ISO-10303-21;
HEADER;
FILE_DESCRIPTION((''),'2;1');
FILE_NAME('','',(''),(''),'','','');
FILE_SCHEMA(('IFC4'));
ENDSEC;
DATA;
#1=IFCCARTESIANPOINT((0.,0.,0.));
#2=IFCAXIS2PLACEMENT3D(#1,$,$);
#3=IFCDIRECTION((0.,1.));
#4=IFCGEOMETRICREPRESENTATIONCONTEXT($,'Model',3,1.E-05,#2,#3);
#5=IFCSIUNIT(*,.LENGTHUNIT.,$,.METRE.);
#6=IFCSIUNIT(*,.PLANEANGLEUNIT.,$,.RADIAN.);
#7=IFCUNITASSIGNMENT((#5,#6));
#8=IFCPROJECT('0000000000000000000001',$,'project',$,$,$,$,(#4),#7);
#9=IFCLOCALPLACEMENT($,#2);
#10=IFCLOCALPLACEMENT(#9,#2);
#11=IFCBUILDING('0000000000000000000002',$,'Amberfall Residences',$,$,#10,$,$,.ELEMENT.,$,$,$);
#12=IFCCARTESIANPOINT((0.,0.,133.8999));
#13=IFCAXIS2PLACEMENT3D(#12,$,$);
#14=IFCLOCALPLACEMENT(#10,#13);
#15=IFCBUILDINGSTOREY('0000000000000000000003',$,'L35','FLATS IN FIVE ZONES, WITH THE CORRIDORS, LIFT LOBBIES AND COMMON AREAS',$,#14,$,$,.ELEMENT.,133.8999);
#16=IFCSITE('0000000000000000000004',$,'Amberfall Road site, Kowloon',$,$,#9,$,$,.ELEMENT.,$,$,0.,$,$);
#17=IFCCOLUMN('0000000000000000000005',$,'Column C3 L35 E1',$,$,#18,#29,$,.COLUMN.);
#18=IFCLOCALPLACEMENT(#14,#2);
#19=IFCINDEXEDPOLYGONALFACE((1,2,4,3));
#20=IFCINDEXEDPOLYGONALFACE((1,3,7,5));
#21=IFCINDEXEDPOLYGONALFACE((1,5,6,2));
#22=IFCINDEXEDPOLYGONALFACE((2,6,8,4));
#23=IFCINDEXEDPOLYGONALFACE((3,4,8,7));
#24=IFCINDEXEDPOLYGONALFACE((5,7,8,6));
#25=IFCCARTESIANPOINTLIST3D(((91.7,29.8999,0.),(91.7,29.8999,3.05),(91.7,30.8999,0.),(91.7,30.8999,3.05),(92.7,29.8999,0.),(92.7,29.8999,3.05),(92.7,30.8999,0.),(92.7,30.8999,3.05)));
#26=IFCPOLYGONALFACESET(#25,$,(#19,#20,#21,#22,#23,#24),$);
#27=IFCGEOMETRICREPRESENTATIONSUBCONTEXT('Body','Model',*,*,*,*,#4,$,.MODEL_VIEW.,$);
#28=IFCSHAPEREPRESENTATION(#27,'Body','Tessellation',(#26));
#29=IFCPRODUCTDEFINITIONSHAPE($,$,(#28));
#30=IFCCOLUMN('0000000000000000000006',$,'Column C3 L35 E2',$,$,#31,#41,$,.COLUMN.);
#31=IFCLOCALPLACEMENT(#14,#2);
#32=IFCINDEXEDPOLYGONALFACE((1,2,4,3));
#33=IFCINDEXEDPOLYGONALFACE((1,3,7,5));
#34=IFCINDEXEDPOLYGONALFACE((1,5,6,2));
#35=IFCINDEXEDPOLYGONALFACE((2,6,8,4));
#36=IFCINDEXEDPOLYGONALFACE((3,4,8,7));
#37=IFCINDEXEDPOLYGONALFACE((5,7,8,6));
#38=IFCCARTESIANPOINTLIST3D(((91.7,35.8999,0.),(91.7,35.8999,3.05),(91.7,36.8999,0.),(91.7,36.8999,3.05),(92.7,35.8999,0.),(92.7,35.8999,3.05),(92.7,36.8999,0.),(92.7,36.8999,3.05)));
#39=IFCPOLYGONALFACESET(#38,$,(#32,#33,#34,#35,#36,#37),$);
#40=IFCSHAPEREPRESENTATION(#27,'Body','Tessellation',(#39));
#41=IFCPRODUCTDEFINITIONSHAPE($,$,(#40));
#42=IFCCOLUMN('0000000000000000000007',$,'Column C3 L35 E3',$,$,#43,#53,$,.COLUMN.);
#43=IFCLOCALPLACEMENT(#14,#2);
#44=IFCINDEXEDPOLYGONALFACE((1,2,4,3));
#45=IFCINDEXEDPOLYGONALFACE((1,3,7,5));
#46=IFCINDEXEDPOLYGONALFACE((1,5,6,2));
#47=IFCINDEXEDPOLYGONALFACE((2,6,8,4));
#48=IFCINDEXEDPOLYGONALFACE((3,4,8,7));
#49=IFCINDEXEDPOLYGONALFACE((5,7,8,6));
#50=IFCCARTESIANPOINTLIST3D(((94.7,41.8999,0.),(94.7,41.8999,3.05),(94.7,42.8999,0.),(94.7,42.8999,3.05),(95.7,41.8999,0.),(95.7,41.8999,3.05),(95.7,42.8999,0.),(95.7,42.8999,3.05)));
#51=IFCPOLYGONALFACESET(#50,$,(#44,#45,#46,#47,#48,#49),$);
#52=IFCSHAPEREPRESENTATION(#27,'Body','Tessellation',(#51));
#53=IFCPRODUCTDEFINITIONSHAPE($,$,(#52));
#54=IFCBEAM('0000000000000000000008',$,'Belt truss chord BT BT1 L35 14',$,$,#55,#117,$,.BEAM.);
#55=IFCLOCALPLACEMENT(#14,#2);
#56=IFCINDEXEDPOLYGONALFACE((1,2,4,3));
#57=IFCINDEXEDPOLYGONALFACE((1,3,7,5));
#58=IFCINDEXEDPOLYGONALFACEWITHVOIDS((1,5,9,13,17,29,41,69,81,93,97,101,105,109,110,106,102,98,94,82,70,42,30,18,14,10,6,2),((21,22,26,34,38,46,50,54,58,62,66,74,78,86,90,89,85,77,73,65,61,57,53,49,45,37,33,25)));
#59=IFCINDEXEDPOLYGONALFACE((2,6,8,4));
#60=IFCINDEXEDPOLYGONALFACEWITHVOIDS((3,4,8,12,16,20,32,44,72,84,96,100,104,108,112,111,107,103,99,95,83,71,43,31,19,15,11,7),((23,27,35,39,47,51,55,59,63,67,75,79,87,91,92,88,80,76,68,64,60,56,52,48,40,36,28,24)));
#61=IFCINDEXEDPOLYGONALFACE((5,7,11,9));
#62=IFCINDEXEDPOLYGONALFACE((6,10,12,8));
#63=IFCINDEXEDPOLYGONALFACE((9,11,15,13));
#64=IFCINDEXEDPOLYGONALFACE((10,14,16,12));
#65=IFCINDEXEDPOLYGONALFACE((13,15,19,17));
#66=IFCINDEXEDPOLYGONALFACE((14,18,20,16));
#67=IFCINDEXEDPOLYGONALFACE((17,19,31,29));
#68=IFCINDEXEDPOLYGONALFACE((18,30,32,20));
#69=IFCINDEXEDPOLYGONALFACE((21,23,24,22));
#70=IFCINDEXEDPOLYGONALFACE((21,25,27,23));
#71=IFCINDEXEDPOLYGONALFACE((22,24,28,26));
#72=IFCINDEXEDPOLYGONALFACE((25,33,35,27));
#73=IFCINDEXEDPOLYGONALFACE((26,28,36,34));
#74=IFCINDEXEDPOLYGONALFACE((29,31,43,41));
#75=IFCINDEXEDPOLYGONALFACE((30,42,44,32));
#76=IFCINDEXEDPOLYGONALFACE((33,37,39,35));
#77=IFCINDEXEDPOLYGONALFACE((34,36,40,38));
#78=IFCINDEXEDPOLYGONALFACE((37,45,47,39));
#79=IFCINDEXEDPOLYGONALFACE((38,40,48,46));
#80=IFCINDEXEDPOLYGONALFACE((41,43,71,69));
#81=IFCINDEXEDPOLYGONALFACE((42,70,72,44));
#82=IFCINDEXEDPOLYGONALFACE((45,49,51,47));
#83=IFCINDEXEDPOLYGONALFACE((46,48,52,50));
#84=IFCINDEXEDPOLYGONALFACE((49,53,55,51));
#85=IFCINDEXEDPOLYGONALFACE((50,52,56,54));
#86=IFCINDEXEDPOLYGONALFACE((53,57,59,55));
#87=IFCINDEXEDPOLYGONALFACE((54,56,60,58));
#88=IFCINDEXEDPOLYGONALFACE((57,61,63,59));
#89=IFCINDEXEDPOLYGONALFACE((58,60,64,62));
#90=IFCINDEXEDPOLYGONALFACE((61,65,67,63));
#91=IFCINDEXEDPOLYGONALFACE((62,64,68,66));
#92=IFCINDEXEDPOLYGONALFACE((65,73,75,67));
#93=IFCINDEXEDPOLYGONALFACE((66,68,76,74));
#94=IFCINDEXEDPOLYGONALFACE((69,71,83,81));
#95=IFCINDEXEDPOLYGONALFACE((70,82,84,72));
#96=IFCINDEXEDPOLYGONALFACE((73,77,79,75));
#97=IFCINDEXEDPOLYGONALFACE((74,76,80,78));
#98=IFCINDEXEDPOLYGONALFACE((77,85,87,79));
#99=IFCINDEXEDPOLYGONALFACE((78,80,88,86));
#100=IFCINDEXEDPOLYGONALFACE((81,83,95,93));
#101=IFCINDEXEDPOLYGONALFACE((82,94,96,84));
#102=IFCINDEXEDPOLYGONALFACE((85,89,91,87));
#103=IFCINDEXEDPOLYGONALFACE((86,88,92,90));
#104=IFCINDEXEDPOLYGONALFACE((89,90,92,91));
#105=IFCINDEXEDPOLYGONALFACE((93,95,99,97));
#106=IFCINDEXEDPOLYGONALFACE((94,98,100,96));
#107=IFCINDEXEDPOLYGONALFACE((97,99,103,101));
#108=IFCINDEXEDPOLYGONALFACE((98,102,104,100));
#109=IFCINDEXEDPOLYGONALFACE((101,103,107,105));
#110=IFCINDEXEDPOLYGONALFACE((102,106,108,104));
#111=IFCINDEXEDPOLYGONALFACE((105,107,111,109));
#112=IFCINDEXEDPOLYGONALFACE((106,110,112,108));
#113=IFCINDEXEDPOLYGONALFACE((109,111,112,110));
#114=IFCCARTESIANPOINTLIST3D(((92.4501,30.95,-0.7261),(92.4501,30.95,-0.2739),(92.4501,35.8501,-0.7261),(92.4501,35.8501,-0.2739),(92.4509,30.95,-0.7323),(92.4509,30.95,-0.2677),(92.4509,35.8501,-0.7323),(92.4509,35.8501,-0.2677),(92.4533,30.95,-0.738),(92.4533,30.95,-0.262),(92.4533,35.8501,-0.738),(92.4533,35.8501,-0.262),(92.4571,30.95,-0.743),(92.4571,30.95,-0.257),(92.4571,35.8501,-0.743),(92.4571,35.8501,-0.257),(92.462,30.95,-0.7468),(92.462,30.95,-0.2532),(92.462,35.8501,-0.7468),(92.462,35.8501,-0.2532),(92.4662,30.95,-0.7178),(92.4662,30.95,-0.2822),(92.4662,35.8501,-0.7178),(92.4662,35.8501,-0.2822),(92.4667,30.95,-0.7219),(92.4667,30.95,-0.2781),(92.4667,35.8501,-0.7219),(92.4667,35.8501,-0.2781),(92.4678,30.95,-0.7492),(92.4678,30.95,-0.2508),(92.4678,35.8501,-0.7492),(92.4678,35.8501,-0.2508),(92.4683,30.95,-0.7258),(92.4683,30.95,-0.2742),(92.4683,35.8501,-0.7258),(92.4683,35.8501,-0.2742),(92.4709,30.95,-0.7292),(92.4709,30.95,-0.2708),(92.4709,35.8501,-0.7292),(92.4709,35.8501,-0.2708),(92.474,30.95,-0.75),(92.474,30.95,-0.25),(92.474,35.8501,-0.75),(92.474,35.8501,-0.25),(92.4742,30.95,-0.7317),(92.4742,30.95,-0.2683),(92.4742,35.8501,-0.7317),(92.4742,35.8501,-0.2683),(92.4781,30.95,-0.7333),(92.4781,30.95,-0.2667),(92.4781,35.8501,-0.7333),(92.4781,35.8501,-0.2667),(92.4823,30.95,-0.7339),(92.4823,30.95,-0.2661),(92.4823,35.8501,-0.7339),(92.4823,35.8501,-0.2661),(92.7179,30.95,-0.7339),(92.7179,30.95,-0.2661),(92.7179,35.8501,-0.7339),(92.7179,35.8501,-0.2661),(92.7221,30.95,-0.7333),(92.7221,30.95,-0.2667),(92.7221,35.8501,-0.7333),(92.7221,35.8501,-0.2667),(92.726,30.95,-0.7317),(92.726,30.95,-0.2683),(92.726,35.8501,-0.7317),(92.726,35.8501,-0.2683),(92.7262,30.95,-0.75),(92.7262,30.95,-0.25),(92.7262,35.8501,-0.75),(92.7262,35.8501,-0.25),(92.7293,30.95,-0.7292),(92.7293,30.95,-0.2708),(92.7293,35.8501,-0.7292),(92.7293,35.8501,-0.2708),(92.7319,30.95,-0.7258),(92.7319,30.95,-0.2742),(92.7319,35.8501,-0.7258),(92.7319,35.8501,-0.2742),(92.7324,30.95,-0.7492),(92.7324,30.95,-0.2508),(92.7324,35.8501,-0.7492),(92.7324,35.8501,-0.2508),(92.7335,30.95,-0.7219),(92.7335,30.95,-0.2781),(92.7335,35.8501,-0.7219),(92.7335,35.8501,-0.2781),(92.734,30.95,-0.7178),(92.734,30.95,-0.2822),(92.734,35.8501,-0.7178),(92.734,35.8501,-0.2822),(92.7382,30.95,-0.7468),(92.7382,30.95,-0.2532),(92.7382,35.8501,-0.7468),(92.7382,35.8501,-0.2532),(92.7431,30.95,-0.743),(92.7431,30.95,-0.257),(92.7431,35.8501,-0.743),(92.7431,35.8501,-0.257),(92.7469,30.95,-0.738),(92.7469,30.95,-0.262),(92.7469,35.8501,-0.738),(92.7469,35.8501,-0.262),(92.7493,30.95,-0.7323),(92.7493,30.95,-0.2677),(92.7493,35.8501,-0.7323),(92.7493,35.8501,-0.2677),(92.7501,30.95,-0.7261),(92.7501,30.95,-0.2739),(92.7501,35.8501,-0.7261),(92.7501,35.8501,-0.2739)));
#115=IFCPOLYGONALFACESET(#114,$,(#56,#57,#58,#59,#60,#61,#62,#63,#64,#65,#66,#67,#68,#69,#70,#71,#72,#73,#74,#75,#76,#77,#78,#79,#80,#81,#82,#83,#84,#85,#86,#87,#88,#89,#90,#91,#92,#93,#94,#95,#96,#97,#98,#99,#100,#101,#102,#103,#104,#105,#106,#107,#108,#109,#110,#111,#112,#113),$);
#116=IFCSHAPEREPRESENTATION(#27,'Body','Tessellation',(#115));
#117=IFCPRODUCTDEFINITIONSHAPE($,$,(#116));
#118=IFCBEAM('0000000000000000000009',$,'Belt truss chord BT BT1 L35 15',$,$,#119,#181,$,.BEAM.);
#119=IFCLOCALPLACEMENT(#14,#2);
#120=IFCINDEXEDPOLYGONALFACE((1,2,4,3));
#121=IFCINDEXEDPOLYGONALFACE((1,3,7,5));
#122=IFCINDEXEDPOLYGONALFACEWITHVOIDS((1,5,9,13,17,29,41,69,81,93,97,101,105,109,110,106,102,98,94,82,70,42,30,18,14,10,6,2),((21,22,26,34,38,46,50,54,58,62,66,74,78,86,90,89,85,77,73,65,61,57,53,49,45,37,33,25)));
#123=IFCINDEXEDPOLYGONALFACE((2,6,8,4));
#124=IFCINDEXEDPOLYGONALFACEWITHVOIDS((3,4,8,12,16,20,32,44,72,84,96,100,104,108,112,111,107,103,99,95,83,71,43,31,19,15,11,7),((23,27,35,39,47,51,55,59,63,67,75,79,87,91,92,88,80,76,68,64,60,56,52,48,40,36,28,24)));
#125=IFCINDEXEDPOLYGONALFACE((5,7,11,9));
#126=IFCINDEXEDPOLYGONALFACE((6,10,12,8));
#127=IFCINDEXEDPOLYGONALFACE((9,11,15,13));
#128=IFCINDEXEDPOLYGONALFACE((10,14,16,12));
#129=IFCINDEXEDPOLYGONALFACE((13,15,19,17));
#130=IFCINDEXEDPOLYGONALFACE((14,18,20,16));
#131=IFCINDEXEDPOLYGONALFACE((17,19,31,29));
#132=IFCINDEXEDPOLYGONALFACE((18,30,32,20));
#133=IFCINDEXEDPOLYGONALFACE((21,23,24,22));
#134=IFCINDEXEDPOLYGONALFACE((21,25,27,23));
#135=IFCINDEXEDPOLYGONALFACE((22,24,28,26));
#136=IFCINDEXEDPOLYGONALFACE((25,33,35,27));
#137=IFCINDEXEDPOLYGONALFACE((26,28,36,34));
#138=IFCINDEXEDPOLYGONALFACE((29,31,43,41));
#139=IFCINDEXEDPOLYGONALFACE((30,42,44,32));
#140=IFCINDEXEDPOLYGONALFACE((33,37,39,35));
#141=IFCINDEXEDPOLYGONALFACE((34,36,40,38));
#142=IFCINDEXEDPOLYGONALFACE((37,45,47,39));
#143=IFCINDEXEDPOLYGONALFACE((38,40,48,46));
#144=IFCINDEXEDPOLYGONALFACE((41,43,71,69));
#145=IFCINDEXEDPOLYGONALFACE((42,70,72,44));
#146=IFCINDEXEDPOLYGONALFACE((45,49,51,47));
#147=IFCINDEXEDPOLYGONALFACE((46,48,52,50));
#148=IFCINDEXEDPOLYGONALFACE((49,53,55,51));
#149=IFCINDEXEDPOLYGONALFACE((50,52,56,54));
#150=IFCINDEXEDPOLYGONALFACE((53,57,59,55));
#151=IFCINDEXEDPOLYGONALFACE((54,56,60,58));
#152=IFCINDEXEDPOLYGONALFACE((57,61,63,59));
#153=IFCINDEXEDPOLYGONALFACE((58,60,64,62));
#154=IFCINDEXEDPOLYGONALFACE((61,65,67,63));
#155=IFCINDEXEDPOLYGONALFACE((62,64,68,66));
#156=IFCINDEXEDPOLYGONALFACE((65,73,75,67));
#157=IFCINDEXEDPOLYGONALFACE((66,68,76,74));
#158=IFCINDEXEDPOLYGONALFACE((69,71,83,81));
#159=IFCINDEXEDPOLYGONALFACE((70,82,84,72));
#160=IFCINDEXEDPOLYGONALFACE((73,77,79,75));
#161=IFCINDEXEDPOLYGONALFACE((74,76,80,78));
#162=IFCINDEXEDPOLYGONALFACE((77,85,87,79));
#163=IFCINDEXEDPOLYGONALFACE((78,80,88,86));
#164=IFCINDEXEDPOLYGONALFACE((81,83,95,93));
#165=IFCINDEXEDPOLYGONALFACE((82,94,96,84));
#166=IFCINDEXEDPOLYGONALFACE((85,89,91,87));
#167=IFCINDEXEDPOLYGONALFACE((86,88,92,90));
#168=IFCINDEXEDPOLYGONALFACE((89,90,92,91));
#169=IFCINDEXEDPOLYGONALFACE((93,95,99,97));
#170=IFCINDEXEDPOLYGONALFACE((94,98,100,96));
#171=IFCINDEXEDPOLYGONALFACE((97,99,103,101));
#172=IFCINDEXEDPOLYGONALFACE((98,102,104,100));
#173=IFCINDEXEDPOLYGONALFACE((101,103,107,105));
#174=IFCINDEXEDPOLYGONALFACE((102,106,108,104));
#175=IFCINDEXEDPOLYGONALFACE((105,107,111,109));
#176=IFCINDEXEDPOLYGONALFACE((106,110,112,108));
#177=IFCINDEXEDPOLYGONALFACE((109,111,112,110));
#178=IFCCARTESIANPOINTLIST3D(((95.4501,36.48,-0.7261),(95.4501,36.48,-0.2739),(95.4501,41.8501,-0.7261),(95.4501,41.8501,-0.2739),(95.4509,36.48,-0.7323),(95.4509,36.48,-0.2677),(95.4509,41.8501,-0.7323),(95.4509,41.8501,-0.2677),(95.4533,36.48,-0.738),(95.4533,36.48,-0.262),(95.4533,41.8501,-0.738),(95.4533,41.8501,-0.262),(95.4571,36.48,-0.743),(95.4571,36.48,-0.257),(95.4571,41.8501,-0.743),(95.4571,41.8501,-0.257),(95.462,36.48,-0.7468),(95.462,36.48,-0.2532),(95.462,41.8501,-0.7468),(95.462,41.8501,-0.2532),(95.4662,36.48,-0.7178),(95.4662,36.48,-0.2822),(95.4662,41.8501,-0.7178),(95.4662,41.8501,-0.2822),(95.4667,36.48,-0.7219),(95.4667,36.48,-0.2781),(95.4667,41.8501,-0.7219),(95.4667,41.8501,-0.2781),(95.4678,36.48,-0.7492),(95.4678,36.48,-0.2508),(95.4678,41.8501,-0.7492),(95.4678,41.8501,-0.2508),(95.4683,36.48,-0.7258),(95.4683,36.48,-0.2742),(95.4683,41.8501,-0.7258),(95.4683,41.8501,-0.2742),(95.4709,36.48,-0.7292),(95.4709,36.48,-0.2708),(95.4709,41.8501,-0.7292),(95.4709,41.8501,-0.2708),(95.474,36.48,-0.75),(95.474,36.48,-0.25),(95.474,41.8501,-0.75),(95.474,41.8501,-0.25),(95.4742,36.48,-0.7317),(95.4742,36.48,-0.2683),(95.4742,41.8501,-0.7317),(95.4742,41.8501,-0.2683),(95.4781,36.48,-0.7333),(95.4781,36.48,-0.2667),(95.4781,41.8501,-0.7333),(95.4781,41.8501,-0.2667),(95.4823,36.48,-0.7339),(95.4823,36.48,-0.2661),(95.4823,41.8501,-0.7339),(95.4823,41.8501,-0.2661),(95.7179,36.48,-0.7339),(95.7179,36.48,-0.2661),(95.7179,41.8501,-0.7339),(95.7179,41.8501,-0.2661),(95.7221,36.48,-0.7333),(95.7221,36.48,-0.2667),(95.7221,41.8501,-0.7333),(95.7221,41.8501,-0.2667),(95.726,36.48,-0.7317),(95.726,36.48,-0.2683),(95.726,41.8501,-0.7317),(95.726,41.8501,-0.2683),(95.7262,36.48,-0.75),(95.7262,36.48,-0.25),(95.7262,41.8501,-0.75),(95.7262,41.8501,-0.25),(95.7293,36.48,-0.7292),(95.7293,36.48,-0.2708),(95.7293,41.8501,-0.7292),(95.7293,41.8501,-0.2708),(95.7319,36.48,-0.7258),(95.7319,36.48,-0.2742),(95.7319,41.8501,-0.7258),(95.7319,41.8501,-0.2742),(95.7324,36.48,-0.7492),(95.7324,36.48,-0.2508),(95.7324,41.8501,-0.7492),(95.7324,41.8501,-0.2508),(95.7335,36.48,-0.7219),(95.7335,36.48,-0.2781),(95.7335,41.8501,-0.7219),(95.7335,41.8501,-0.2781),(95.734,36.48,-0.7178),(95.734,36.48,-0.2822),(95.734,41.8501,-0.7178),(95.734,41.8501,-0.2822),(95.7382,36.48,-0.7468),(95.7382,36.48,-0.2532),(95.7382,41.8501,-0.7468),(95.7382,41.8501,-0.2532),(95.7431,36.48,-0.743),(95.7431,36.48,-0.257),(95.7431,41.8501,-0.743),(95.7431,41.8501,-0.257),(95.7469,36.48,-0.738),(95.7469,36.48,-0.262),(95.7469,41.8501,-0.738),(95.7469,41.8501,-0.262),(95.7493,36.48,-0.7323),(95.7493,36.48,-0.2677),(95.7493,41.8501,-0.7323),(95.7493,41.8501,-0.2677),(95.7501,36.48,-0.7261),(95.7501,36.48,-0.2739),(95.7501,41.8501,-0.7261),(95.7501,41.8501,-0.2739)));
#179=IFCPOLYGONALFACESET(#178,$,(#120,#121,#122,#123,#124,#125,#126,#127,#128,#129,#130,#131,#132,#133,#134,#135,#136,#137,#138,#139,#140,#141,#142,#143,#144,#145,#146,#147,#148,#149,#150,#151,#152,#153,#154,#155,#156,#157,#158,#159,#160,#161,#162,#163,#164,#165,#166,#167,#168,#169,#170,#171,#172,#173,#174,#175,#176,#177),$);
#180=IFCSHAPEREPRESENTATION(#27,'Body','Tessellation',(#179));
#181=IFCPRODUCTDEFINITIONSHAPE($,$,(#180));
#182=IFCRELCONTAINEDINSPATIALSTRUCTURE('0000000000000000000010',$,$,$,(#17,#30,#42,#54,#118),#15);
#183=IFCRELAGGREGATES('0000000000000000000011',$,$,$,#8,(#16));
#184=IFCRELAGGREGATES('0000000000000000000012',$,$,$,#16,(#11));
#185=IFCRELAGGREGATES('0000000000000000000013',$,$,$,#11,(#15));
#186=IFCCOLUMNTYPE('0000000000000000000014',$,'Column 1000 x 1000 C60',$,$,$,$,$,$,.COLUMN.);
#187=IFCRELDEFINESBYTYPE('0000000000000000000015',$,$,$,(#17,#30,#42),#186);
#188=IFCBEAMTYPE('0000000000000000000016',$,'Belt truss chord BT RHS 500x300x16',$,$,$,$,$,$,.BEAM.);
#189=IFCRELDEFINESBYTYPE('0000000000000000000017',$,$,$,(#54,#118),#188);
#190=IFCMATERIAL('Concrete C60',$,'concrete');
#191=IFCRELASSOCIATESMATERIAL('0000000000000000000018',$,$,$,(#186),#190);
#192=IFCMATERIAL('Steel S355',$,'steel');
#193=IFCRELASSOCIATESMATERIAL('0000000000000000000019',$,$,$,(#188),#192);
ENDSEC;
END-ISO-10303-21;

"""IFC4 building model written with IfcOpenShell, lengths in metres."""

from ifc_helpers import new_model, si_unit, direction, frame, origin, origin_2d, place, context, subcontext, project, spatial, rectangle, hollow_rectangle, extrude, material, material_profile, profile_set, type_object, element, save


model = new_model("IFC4")

# Units and contexts
model_context = context("Model", 3, precision=1e-05, world=origin(), true_north=direction((0.0, 1.0)))
body_context = subcontext(model_context, "Body", "Model", "MODEL_VIEW")
ifc_project = project(units=[si_unit("LENGTHUNIT", "METRE"), si_unit("PLANEANGLEUNIT", "RADIAN")], contexts=[model_context])

# Site, building, storey
site_placement = place(None, origin())
site = spatial("IfcSite", under=ifc_project, at=site_placement, Name="Amberfall Road site, Kowloon", CompositionType="ELEMENT", RefElevation=0.0)
building_placement = place(site_placement, origin())
building = spatial("IfcBuilding", under=site, at=building_placement, Name="Amberfall Residences", CompositionType="ELEMENT")
storey_placement = place(building_placement, frame((0.0, 0.0, 133.8999)))
storey = spatial("IfcBuildingStorey", under=building, at=storey_placement, Name="L35", Description="FLATS IN FIVE ZONES, WITH THE CORRIDORS, LIFT LOBBIES AND COMMON AREAS", CompositionType="ELEMENT", Elevation=133.8999)

# Columns
ifc_material_1 = material(Name="Concrete C60", Category="concrete")
ifc_material_profile_1 = material_profile(ifc_material_1, rectangle(XDim=1.0, YDim=1.0, at=origin_2d()), Name="Column 1000 x 1000 C60")
ifc_profile_set_1 = profile_set([ifc_material_profile_1], Name="Concrete C60")
column_type = type_object("IfcColumnType", Name="Column 1000 x 1000 C60", PredefinedType="COLUMN", material=ifc_profile_set_1)
for number, where, z_axis, x_axis, name in (
    (1, (92.2, 30.3999, 0.0), (0.0, 0.0, 1.0), (1.0, 0.0, 0.0), "Column C3 L35 E1"),
    (2, (92.2, 36.3999, 0.0), (0.0, 0.0, 1.0), (1.0, 0.0, 0.0), "Column C3 L35 E2"),
    (3, (95.2, 42.3999, 0.0), (0.0, 0.0, 1.0), (1.0, 0.0, 0.0), "Column C3 L35 E3"),
):
    element("IfcColumn", number, at=place(storey_placement, frame(where, z_axis=z_axis, x_axis=x_axis)), inside=storey, type_object=column_type, Name=name, PredefinedType="COLUMN", context=body_context, shape_type="SweptSolid", body=[
        extrude(rectangle(XDim=1.0, YDim=1.0, at=origin_2d()), origin(), (0.0, 0.0, 1.0), 3.05),
    ])

# Beams
ifc_material_2 = material(Name="Steel S355", Category="steel")
ifc_material_profile_2 = material_profile(ifc_material_2, hollow_rectangle(XDim=0.3, YDim=0.5, WallThickness=0.0161, InnerFilletRadius=0.0161, OuterFilletRadius=0.0239, at=origin_2d()), Name="RHS 500x300x16")
ifc_profile_set_2 = profile_set([ifc_material_profile_2], Name="Steel S355")
beam_type_1 = type_object("IfcBeamType", Name="Belt truss chord BT RHS 500x300x16", PredefinedType="BEAM", material=ifc_profile_set_2)
beam_1_placement = place(storey_placement, frame((92.6001, 30.95, -0.5), z_axis=(0.0, 1.0, 0.0), x_axis=(-1.0, 0.0, 0.0)))
element("IfcBeam", 4, at=beam_1_placement, inside=storey, type_object=beam_type_1, Name="Belt truss chord BT BT1 L35 14", PredefinedType="BEAM", context=body_context, shape_type="SweptSolid", body=[
    extrude(hollow_rectangle(XDim=0.3, YDim=0.5, WallThickness=0.0161, InnerFilletRadius=0.0161, OuterFilletRadius=0.0239, at=origin_2d()), origin(), (0.0, 0.0, 1.0), 4.9001),
])
beam_2_placement = place(storey_placement, frame((95.6001, 36.48, -0.5), z_axis=(0.0, 1.0, 0.0), x_axis=(-1.0, 0.0, 0.0)))
element("IfcBeam", 5, at=beam_2_placement, inside=storey, type_object=beam_type_1, Name="Belt truss chord BT BT1 L35 15", PredefinedType="BEAM", context=body_context, shape_type="SweptSolid", body=[
    extrude(hollow_rectangle(XDim=0.3, YDim=0.5, WallThickness=0.0161, InnerFilletRadius=0.0161, OuterFilletRadius=0.0239, at=origin_2d()), origin(), (0.0, 0.0, 1.0), 5.3701),
])

save(model, "model.ifc")
